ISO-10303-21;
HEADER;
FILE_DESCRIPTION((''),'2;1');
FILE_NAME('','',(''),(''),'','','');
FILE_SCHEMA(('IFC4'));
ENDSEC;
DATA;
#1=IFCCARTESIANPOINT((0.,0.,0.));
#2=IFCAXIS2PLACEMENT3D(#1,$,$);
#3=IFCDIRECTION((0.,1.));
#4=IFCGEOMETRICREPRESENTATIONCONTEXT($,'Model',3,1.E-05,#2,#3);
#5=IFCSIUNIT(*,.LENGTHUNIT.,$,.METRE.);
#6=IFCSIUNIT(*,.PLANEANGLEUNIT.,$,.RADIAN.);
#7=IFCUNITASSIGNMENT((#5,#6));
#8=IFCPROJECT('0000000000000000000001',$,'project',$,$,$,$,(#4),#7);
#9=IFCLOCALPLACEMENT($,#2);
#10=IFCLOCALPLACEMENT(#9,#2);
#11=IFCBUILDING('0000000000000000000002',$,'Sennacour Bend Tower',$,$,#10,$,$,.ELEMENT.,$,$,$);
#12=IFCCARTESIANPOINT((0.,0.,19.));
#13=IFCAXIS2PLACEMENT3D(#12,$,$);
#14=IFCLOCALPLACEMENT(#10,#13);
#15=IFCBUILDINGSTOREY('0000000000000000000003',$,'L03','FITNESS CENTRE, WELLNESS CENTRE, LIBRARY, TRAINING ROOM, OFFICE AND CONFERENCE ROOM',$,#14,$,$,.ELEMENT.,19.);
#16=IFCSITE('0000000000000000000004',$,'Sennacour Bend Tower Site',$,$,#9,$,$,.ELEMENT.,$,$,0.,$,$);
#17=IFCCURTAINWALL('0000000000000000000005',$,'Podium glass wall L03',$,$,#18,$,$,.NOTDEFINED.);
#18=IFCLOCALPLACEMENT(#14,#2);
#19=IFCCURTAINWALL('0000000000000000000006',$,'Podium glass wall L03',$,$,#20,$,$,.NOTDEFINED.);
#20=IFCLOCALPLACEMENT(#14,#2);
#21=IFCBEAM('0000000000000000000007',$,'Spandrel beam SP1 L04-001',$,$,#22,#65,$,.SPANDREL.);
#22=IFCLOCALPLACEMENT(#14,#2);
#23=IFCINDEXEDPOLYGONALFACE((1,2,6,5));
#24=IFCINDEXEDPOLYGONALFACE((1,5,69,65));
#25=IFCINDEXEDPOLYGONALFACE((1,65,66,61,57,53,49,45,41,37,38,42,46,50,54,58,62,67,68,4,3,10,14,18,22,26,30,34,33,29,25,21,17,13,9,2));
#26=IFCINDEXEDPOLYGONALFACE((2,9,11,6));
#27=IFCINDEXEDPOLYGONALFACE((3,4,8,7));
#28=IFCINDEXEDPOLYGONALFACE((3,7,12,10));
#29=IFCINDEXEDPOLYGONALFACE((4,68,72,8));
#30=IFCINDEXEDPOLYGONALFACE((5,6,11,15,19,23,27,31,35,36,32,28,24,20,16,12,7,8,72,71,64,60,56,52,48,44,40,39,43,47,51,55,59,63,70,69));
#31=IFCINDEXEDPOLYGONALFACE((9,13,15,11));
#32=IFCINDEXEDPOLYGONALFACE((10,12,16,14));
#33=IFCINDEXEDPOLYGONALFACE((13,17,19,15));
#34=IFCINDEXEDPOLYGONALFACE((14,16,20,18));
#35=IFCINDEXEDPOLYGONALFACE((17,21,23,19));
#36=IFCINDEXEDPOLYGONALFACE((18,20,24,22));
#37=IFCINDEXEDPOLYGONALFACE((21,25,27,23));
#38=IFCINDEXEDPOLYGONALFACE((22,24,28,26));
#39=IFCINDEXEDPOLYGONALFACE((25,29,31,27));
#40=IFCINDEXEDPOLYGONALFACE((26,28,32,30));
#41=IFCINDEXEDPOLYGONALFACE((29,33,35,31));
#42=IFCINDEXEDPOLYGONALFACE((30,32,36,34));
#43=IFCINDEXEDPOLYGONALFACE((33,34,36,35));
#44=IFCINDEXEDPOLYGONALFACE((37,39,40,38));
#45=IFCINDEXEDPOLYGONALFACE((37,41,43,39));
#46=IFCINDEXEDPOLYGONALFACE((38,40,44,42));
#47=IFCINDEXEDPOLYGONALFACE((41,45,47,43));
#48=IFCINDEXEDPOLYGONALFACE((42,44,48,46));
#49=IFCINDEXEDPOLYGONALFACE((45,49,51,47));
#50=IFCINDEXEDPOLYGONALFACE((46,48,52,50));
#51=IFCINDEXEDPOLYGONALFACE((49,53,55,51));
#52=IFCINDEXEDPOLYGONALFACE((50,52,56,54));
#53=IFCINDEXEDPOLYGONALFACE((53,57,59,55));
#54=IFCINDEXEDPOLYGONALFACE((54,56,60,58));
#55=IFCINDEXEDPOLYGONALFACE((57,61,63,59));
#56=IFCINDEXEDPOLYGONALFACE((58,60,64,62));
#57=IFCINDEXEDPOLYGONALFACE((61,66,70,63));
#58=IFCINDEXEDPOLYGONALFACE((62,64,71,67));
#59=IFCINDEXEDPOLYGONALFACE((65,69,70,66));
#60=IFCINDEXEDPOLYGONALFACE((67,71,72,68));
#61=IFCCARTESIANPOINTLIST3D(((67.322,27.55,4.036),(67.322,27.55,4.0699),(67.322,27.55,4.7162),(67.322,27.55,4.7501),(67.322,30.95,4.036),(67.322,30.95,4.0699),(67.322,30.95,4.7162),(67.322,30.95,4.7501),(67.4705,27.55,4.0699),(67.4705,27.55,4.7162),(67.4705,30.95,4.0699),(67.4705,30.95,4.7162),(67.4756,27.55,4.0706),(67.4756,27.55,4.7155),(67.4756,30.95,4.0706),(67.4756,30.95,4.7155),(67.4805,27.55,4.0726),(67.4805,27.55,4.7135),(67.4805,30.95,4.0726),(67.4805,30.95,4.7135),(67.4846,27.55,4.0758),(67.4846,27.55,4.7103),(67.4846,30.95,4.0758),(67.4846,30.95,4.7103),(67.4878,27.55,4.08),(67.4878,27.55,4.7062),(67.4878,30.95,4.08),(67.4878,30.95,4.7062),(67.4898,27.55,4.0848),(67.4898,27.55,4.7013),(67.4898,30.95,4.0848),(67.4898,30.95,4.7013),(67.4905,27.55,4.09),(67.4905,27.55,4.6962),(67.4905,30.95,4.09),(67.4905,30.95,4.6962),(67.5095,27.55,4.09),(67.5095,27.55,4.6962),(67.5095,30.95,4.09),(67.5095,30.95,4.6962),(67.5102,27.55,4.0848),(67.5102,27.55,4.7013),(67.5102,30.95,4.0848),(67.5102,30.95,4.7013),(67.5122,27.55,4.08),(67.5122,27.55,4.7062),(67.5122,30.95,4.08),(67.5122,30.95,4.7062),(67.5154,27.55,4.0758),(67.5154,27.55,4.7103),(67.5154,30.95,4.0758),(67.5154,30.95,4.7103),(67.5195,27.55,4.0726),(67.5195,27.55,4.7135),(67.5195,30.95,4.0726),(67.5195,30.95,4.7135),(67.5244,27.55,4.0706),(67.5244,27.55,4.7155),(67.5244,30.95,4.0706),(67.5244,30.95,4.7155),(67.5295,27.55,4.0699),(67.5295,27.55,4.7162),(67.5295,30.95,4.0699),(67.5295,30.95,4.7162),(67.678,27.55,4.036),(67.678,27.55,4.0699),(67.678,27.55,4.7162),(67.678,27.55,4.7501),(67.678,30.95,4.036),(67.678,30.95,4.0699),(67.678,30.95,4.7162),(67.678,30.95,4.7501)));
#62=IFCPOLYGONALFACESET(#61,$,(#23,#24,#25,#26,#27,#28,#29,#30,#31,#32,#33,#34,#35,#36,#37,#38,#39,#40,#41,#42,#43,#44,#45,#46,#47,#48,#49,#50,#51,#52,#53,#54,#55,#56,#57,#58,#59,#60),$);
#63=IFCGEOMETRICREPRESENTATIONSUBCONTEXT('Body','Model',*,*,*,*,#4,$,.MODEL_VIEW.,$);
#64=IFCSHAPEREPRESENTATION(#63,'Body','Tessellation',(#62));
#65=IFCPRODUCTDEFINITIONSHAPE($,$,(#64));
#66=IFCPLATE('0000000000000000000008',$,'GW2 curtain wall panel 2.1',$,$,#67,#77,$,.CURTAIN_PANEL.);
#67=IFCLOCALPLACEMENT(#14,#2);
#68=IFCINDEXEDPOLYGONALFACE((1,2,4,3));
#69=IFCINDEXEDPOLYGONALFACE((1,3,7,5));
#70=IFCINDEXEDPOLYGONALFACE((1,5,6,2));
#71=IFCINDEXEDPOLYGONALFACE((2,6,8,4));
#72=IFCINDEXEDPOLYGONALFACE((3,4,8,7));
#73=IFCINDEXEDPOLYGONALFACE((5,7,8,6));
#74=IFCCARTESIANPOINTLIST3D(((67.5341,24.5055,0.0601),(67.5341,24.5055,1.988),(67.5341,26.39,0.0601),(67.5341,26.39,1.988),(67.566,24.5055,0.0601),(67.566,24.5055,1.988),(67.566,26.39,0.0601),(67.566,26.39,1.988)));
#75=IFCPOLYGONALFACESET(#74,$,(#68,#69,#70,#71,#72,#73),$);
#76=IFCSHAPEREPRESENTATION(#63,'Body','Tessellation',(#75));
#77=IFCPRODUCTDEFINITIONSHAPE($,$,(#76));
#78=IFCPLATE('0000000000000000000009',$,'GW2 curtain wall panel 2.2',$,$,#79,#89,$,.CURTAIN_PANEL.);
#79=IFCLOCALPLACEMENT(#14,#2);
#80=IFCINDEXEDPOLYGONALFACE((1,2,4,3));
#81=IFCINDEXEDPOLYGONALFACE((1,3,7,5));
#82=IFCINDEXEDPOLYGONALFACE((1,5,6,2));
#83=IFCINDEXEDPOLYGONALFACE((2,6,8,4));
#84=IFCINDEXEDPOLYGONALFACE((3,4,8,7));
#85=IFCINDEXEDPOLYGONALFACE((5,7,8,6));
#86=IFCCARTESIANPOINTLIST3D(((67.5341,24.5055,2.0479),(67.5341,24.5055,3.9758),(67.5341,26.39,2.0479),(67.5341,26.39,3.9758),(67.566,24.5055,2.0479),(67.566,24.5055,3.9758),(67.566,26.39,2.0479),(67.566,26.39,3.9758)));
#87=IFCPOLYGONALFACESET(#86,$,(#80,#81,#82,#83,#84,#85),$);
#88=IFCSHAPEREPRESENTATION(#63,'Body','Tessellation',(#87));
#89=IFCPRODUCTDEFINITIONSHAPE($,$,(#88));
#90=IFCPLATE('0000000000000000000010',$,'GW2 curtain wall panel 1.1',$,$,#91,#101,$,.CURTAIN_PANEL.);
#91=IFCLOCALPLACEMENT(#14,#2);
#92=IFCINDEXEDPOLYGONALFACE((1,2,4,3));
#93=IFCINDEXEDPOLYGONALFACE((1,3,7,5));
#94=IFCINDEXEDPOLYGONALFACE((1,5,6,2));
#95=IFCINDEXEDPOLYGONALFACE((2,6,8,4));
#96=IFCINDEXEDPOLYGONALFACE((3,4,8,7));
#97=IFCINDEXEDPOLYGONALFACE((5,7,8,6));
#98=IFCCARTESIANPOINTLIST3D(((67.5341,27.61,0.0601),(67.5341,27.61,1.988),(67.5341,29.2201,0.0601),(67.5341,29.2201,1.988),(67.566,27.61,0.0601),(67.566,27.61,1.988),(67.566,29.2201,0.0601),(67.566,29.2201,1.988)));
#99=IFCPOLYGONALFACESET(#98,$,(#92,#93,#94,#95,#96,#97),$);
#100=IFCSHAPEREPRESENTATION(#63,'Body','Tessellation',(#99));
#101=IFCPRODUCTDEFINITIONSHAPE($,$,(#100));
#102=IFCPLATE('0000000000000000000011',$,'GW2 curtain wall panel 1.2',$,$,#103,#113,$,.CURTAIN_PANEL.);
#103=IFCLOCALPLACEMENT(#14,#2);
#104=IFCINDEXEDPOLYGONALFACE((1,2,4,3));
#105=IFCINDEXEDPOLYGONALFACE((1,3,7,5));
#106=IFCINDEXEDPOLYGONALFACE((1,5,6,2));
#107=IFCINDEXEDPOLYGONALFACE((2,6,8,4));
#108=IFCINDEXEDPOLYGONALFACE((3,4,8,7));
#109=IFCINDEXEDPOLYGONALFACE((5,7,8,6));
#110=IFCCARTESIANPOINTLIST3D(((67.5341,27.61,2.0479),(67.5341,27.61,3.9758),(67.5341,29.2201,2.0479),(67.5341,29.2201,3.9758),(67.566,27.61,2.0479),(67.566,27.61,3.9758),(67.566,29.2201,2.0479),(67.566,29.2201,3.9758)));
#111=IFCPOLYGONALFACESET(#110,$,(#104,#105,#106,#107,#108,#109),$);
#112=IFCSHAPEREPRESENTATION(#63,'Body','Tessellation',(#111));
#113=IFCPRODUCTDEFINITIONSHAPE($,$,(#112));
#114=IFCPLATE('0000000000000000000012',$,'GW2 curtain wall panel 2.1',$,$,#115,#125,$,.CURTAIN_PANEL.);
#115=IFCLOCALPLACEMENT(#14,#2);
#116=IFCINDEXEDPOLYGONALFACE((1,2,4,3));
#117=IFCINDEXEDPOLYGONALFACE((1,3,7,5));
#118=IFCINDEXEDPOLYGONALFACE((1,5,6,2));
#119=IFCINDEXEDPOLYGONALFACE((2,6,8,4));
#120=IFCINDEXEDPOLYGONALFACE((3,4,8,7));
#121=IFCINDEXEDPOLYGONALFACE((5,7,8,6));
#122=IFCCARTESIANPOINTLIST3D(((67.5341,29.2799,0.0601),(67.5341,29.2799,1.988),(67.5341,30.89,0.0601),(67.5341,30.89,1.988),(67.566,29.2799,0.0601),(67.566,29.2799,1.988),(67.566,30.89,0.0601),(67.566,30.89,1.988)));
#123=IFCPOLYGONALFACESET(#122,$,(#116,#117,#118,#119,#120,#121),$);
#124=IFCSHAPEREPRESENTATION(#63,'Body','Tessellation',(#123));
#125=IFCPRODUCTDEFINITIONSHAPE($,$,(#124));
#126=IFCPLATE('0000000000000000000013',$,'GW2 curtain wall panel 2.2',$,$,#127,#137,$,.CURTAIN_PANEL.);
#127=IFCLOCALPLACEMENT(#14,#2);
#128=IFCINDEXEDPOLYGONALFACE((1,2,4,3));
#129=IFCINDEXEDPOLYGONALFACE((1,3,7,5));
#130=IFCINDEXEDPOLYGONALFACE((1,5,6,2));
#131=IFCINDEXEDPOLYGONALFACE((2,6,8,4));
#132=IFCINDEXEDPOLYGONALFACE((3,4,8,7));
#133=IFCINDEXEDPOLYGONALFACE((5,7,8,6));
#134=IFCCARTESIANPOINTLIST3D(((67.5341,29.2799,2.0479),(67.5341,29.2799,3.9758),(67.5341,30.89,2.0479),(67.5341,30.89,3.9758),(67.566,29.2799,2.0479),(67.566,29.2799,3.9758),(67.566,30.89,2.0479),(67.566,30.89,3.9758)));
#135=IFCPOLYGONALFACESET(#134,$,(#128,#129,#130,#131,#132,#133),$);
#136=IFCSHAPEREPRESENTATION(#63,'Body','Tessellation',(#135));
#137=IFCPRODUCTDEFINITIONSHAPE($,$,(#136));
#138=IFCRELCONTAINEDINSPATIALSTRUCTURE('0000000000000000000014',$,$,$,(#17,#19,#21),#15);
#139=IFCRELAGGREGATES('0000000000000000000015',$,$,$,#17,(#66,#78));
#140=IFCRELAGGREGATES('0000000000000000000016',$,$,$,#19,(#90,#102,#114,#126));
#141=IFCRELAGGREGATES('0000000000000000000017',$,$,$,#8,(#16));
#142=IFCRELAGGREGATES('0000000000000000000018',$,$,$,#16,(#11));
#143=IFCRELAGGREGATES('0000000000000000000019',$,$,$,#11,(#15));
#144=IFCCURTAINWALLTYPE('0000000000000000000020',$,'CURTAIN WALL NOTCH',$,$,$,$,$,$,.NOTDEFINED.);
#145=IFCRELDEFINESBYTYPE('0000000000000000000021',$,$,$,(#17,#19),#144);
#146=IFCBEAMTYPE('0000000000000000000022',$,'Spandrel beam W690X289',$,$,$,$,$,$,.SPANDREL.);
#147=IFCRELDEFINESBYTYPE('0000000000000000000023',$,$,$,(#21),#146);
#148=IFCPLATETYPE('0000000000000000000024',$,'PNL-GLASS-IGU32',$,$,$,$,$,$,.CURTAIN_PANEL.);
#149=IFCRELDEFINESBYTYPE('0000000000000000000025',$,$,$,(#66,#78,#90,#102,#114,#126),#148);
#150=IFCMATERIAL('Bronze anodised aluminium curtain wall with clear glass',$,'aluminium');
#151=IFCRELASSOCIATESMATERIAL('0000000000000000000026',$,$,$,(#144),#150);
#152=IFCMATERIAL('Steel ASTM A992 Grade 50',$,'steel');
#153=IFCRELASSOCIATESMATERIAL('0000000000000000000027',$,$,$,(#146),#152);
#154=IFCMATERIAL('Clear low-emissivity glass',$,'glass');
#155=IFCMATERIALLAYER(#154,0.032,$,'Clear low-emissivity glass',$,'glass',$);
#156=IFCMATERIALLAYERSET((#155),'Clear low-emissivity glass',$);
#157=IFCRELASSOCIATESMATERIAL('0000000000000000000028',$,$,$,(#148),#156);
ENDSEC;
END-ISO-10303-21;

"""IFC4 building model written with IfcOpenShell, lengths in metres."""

from ifc_helpers import new_model, si_unit, direction, frame, origin, origin_2d, place, context, subcontext, project, spatial, rectangle, i_section, extrude, material, layer, layer_set, material_profile, profile_set, type_object, element, aggregate, save


model = new_model("IFC4")

# Units and contexts
model_context = context("Model", 3, precision=1e-05, world=origin(), true_north=direction((0.0, 1.0)))
body_context = subcontext(model_context, "Body", "Model", "MODEL_VIEW")
ifc_project = project(units=[si_unit("LENGTHUNIT", "METRE"), si_unit("PLANEANGLEUNIT", "RADIAN")], contexts=[model_context])

# Site, building, storey
site_placement = place(None, origin())
site = spatial("IfcSite", under=ifc_project, at=site_placement, Name="Sennacour Bend Tower Site", CompositionType="ELEMENT", RefElevation=0.0)
building_placement = place(site_placement, origin())
building = spatial("IfcBuilding", under=site, at=building_placement, Name="Sennacour Bend Tower", CompositionType="ELEMENT")
storey_placement = place(building_placement, frame((0.0, 0.0, 19.0)))
storey = spatial("IfcBuildingStorey", under=building, at=storey_placement, Name="L03", Description="FITNESS CENTRE, WELLNESS CENTRE, LIBRARY, TRAINING ROOM, OFFICE AND CONFERENCE ROOM", CompositionType="ELEMENT", Elevation=19.0)

# Curtain wall
ifc_material_1 = material(Name="Bronze anodised aluminium curtain wall with clear glass", Category="aluminium")
curtain_wall_type = type_object("IfcCurtainWallType", Name="CURTAIN WALL NOTCH", PredefinedType="NOTDEFINED", material=ifc_material_1)
curtain_wall_1_placement = place(storey_placement, origin())
curtain_wall_1 = element("IfcCurtainWall", 1, at=curtain_wall_1_placement, inside=storey, type_object=curtain_wall_type, Name="Podium glass wall L03", PredefinedType="NOTDEFINED")

# Curtain wall
curtain_wall_2_placement = place(storey_placement, origin())
curtain_wall_2 = element("IfcCurtainWall", 2, at=curtain_wall_2_placement, inside=storey, type_object=curtain_wall_type, Name="Podium glass wall L03", PredefinedType="NOTDEFINED")

# Beam
ifc_material_2 = material(Name="Steel ASTM A992 Grade 50", Category="steel")
ifc_material_profile_1 = material_profile(ifc_material_2, i_section(OverallWidth=0.356, OverallDepth=0.7141, WebThickness=0.019, FlangeThickness=0.0339, FilletRadius=0.02, at=origin_2d()), Name="Steel ASTM A992 Grade 50", Category="steel")
ifc_profile_set_1 = profile_set([ifc_material_profile_1], Name="Steel ASTM A992 Grade 50")
beam_type = type_object("IfcBeamType", Name="Spandrel beam W690X289", PredefinedType="SPANDREL", material=ifc_profile_set_1)
beam_placement = place(storey_placement, frame((67.5, 27.55, 4.3931), z_axis=(0.0, 1.0, 0.0), x_axis=(-1.0, 0.0, 0.0)))
element("IfcBeam", 3, at=beam_placement, inside=storey, type_object=beam_type, Name="Spandrel beam SP1 L04-001", PredefinedType="SPANDREL", context=body_context, shape_type="SweptSolid", body=[
    extrude(i_section(OverallWidth=0.356, OverallDepth=0.7141, WebThickness=0.019, FlangeThickness=0.0339, FilletRadius=0.02, at=origin_2d()), origin(), (0.0, 0.0, 1.0), 3.3999),
])

# Plates
ifc_material_3 = material(Name="Clear low-emissivity glass", Category="glass")
ifc_layer = layer(ifc_material_3, 0.032, Name="Clear low-emissivity glass", Category="glass")
ifc_layer_set = layer_set([ifc_layer], Name="Clear low-emissivity glass")
plate_type = type_object("IfcPlateType", Name="PNL-GLASS-IGU32", PredefinedType="CURTAIN_PANEL", material=ifc_layer_set)
plate_1_placement = place(storey_placement, frame((67.55, 25.4478, 0.0601), z_axis=(0.0, 0.0, 1.0), x_axis=(0.0, 1.0, 0.0)))
plate_1 = element("IfcPlate", 4, at=plate_1_placement, type_object=plate_type, Name="GW2 curtain wall panel 2.1", PredefinedType="CURTAIN_PANEL", context=body_context, shape_type="SweptSolid", body=[
    extrude(rectangle(XDim=1.8845, YDim=0.032, at=origin_2d()), origin(), (0.0, 0.0, 1.0), 1.928),
])
plate_2_placement = place(storey_placement, frame((67.55, 25.4478, 2.0479), z_axis=(0.0, 0.0, 1.0), x_axis=(0.0, 1.0, 0.0)))
plate_2 = element("IfcPlate", 5, at=plate_2_placement, type_object=plate_type, Name="GW2 curtain wall panel 2.2", PredefinedType="CURTAIN_PANEL", context=body_context, shape_type="SweptSolid", body=[
    extrude(rectangle(XDim=1.8845, YDim=0.032, at=origin_2d()), origin(), (0.0, 0.0, 1.0), 1.928),
])
aggregate(curtain_wall_1, [plate_1, plate_2])
plate_3_placement = place(storey_placement, frame((67.55, 28.415, 0.0601), z_axis=(0.0, 0.0, 1.0), x_axis=(0.0, 1.0, 0.0)))
plate_3 = element("IfcPlate", 6, at=plate_3_placement, type_object=plate_type, Name="GW2 curtain wall panel 1.1", PredefinedType="CURTAIN_PANEL", context=body_context, shape_type="SweptSolid", body=[
    extrude(rectangle(XDim=1.6101, YDim=0.032, at=origin_2d()), origin(), (0.0, 0.0, 1.0), 1.928),
])
plate_4_placement = place(storey_placement, frame((67.55, 28.415, 2.0479), z_axis=(0.0, 0.0, 1.0), x_axis=(0.0, 1.0, 0.0)))
plate_4 = element("IfcPlate", 7, at=plate_4_placement, type_object=plate_type, Name="GW2 curtain wall panel 1.2", PredefinedType="CURTAIN_PANEL", context=body_context, shape_type="SweptSolid", body=[
    extrude(rectangle(XDim=1.6101, YDim=0.032, at=origin_2d()), origin(), (0.0, 0.0, 1.0), 1.928),
])
plate_5_placement = place(storey_placement, frame((67.55, 30.085, 0.0601), z_axis=(0.0, 0.0, 1.0), x_axis=(0.0, 1.0, 0.0)))
plate_5 = element("IfcPlate", 8, at=plate_5_placement, type_object=plate_type, Name="GW2 curtain wall panel 2.1", PredefinedType="CURTAIN_PANEL", context=body_context, shape_type="SweptSolid", body=[
    extrude(rectangle(XDim=1.6101, YDim=0.032, at=origin_2d()), origin(), (0.0, 0.0, 1.0), 1.928),
])
plate_6_placement = place(storey_placement, frame((67.55, 30.085, 2.0479), z_axis=(0.0, 0.0, 1.0), x_axis=(0.0, 1.0, 0.0)))
plate_6 = element("IfcPlate", 9, at=plate_6_placement, type_object=plate_type, Name="GW2 curtain wall panel 2.2", PredefinedType="CURTAIN_PANEL", context=body_context, shape_type="SweptSolid", body=[
    extrude(rectangle(XDim=1.6101, YDim=0.032, at=origin_2d()), origin(), (0.0, 0.0, 1.0), 1.928),
])
aggregate(curtain_wall_2, [plate_3, plate_4, plate_5, plate_6])

save(model, "model.ifc")
